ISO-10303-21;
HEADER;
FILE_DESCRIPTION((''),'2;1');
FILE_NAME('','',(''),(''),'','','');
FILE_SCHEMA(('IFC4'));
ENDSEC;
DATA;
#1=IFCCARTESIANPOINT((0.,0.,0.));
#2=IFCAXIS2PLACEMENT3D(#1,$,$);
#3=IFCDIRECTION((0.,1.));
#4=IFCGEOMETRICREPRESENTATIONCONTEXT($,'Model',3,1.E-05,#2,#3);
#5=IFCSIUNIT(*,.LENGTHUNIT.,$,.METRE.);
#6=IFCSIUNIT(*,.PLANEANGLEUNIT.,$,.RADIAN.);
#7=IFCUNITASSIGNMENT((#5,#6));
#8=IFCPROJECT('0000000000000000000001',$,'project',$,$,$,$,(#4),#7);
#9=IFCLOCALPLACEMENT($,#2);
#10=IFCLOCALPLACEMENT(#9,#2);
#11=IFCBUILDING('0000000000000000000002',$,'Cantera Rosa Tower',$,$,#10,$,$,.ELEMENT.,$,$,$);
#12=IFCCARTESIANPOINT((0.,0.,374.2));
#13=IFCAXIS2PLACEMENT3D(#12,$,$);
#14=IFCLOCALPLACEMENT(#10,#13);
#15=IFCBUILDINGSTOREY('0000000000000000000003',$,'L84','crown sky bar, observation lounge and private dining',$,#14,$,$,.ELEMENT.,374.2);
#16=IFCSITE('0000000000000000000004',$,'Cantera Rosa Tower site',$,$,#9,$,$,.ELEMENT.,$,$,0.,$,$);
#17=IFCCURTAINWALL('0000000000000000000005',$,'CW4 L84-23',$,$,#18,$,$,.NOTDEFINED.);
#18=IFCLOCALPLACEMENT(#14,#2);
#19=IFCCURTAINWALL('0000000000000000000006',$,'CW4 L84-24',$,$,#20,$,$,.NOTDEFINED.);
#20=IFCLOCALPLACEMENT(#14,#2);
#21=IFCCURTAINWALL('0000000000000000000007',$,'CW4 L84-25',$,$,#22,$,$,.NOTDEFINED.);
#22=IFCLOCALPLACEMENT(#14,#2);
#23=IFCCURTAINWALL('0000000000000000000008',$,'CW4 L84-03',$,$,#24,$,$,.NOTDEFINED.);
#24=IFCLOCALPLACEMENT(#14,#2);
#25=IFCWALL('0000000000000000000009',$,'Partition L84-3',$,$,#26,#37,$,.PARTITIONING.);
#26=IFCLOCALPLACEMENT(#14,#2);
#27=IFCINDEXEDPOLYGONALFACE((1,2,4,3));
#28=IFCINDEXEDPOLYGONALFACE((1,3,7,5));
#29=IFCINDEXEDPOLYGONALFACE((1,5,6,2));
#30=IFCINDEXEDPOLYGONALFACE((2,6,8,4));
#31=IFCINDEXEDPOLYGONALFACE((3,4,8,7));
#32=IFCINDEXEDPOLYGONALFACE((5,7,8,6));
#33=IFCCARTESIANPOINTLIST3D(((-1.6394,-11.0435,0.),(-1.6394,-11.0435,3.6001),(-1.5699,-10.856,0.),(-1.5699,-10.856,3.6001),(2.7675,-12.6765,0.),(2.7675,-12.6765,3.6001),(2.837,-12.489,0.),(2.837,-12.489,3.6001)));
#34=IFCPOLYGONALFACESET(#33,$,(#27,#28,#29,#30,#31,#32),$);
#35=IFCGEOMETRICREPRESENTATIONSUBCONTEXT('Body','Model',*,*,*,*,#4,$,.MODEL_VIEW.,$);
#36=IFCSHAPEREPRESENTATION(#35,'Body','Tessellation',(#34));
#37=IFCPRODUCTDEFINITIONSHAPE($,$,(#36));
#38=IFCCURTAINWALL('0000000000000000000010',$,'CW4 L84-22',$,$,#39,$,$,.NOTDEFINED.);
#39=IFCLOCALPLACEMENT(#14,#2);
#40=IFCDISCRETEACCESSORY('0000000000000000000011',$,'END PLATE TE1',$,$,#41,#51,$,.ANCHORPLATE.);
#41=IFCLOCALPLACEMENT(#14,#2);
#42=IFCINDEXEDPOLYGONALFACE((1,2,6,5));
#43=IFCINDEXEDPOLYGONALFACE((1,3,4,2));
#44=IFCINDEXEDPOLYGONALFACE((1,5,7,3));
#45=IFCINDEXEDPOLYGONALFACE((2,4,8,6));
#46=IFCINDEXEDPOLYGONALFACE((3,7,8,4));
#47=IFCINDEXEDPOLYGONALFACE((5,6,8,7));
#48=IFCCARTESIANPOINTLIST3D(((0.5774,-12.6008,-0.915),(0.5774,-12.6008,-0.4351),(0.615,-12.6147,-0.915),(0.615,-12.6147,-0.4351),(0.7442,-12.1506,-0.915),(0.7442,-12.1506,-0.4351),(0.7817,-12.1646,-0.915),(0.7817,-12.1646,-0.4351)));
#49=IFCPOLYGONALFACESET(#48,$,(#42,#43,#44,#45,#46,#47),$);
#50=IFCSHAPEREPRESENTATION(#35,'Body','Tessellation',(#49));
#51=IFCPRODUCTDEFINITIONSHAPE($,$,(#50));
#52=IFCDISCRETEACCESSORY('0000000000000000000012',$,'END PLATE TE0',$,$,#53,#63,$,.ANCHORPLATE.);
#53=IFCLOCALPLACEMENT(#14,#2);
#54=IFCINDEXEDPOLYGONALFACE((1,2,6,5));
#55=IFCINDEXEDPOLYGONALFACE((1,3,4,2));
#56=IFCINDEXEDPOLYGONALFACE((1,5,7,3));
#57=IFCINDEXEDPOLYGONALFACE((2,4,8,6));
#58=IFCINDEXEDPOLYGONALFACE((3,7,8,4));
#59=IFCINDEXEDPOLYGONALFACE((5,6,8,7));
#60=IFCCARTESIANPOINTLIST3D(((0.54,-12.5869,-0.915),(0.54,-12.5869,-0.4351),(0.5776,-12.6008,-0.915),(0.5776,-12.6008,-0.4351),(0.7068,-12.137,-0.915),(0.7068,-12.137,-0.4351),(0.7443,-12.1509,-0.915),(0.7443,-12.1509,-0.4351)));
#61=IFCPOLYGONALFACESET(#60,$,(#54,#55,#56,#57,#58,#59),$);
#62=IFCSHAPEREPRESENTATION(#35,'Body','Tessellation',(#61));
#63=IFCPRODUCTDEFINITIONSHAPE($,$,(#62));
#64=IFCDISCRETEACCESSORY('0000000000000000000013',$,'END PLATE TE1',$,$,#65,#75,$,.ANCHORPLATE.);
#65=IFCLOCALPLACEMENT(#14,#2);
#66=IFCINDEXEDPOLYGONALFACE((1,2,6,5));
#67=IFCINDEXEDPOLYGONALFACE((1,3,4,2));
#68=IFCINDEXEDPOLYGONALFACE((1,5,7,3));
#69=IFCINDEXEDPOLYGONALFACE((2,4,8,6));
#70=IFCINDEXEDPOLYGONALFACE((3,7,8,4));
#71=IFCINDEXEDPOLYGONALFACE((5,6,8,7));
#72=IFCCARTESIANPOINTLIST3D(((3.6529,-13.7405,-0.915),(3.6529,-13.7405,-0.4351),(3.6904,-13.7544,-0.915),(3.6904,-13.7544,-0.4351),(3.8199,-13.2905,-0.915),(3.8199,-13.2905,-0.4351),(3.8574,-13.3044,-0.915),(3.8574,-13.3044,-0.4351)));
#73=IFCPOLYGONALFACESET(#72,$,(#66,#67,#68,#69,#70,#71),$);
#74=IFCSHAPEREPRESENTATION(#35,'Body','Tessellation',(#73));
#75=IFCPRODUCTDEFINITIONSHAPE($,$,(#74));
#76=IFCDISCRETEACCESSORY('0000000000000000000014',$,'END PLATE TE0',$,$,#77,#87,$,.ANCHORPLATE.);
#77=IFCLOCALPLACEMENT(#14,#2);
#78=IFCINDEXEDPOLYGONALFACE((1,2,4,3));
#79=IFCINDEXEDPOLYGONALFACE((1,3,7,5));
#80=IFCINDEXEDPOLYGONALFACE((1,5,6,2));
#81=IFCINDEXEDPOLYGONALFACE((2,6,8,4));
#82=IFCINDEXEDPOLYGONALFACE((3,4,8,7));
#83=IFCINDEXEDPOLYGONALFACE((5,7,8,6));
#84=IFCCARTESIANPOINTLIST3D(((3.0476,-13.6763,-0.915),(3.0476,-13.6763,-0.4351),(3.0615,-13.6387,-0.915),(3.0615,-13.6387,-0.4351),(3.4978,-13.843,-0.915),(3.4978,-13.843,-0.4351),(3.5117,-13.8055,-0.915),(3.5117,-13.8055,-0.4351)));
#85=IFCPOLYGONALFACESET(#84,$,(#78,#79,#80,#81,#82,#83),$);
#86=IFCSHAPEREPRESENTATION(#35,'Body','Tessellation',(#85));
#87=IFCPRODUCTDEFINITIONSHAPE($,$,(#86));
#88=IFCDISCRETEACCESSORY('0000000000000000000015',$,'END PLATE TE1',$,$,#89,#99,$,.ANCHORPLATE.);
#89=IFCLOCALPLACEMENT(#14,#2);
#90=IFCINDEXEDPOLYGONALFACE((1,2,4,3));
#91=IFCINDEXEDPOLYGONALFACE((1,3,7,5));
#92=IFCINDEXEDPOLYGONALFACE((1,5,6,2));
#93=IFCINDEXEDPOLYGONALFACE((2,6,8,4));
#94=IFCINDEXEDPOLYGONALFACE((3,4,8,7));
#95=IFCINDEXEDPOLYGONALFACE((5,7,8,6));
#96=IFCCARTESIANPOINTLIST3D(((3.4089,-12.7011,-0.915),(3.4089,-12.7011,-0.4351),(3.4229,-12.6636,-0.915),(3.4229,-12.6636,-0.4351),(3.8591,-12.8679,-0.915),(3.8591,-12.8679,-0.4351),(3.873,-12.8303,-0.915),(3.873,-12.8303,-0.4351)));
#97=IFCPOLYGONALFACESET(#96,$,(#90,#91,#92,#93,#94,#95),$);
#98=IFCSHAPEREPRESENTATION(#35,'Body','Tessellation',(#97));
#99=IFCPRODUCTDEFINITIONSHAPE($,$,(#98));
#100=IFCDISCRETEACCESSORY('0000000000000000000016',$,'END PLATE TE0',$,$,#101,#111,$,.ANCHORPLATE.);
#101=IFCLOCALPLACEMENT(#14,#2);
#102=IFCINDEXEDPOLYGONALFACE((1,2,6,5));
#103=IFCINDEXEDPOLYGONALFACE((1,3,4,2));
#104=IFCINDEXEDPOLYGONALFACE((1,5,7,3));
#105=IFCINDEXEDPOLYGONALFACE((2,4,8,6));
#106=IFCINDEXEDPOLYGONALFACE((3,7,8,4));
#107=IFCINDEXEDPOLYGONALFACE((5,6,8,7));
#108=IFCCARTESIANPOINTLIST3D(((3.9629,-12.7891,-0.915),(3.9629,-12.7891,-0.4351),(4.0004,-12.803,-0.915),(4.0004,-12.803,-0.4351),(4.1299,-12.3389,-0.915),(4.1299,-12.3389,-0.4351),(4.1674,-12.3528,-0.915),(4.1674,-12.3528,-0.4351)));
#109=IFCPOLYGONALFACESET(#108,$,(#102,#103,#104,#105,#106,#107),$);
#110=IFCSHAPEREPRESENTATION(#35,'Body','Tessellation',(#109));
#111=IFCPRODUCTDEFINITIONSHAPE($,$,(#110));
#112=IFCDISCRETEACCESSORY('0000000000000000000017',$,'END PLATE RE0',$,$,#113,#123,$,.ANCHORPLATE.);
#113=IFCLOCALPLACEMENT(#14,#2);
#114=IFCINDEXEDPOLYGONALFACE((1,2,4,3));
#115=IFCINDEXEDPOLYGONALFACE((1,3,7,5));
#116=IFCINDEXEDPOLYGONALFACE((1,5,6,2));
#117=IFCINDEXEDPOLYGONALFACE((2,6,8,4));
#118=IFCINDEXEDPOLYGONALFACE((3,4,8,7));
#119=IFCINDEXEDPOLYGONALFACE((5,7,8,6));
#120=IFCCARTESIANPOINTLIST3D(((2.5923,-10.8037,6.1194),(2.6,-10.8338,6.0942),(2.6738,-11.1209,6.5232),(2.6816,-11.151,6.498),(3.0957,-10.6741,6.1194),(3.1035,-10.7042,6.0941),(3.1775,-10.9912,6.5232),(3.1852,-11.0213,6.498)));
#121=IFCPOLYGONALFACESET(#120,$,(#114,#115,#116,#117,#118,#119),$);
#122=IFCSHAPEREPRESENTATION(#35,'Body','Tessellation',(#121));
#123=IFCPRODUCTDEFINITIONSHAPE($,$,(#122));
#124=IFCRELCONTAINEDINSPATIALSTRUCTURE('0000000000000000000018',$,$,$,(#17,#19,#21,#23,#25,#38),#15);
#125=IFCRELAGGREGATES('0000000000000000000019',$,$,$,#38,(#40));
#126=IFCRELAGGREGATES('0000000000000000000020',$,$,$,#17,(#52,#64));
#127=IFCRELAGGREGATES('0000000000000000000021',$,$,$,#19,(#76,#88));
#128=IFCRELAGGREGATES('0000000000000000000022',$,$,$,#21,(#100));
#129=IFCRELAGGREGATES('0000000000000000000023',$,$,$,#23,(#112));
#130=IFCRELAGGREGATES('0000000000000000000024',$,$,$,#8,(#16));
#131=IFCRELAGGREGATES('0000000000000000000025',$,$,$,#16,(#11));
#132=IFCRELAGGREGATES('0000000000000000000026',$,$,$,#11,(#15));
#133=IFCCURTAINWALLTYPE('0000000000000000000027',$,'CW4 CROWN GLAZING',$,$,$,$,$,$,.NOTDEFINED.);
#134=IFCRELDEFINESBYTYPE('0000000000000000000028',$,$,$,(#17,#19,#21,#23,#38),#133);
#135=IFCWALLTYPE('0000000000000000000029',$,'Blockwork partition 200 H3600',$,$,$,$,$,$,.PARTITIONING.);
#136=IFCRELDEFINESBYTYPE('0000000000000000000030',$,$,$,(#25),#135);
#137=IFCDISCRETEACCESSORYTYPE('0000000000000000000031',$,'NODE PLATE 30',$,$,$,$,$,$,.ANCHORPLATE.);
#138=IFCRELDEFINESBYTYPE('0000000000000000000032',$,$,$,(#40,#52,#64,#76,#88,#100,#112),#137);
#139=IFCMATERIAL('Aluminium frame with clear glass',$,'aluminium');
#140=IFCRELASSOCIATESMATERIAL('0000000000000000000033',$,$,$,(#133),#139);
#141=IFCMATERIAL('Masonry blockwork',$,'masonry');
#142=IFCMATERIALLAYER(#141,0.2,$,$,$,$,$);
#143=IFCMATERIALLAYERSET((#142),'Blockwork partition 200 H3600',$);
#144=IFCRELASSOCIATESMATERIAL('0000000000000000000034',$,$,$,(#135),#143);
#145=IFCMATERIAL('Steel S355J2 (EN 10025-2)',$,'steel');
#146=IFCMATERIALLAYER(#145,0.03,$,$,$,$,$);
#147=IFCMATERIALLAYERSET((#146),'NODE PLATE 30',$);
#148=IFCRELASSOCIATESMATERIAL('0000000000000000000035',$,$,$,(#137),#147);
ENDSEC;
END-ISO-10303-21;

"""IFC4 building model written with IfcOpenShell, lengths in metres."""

from ifc_helpers import new_model, si_unit, direction, frame, frame_2d, origin, place, context, subcontext, project, spatial, polyline, rectangle, outline, extrude, material, layer, layer_set, type_object, element, aggregate, save


model = new_model("IFC4")

# Units and contexts
model_context = context("Model", 3, precision=1e-05, world=origin(), true_north=direction((0.0, 1.0)))
body_context = subcontext(model_context, "Body", "Model", "MODEL_VIEW")
ifc_project = project(units=[si_unit("LENGTHUNIT", "METRE"), si_unit("PLANEANGLEUNIT", "RADIAN")], contexts=[model_context])

# Site, building, storey
site_placement = place(None, origin())
site = spatial("IfcSite", under=ifc_project, at=site_placement, Name="Cantera Rosa Tower site", CompositionType="ELEMENT", RefElevation=0.0)
building_placement = place(site_placement, origin())
building = spatial("IfcBuilding", under=site, at=building_placement, Name="Cantera Rosa Tower", CompositionType="ELEMENT")
storey_placement = place(building_placement, frame((0.0, 0.0, 374.2)))
storey = spatial("IfcBuildingStorey", under=building, at=storey_placement, Name="L84", Description="crown sky bar, observation lounge and private dining", CompositionType="ELEMENT", Elevation=374.2)

# Curtain walls
ifc_material_1 = material(Name="Aluminium frame with clear glass", Category="aluminium")
curtain_wall_type = type_object("IfcCurtainWallType", Name="CW4 CROWN GLAZING", PredefinedType="NOTDEFINED", material=ifc_material_1)
curtain_wall_1_placement = place(storey_placement, origin())
curtain_wall_1 = element("IfcCurtainWall", 1, at=curtain_wall_1_placement, inside=storey, type_object=curtain_wall_type, Name="CW4 L84-23", PredefinedType="NOTDEFINED")
curtain_wall_2_placement = place(storey_placement, origin())
curtain_wall_2 = element("IfcCurtainWall", 2, at=curtain_wall_2_placement, inside=storey, type_object=curtain_wall_type, Name="CW4 L84-24", PredefinedType="NOTDEFINED")
curtain_wall_3_placement = place(storey_placement, origin())
curtain_wall_3 = element("IfcCurtainWall", 3, at=curtain_wall_3_placement, inside=storey, type_object=curtain_wall_type, Name="CW4 L84-25", PredefinedType="NOTDEFINED")

# Curtain wall
curtain_wall_4_placement = place(storey_placement, origin())
curtain_wall_4 = element("IfcCurtainWall", 4, at=curtain_wall_4_placement, inside=storey, type_object=curtain_wall_type, Name="CW4 L84-03", PredefinedType="NOTDEFINED")

# Wall
ifc_material_2 = material(Name="Masonry blockwork", Category="masonry")
ifc_layer_1 = layer(ifc_material_2, 0.2)
ifc_layer_set_1 = layer_set([ifc_layer_1], Name="Blockwork partition 200 H3600")
wall_type_1 = type_object("IfcWallType", Name="Blockwork partition 200 H3600", PredefinedType="PARTITIONING", material=ifc_layer_set_1)
wall_1_placement = place(storey_placement, frame((2.8022, -12.5828, 0.0), z_axis=(0.0, 0.0, 1.0), x_axis=(-0.93769, 0.347472, 0.0)))
element("IfcWall", 5, at=wall_1_placement, inside=storey, type_object=wall_type_1, Name="Partition L84-3", PredefinedType="PARTITIONING", context=body_context, shape_type="SweptSolid", body=[
    extrude(rectangle(XDim=4.6997, YDim=0.2, at=frame_2d((2.3499, 0.0))), origin(), (0.0, 0.0, 1.0), 3.6001),
])

# Curtain wall, discrete accessory
curtain_wall_5_placement = place(storey_placement, origin())
curtain_wall_5 = element("IfcCurtainWall", 6, at=curtain_wall_5_placement, inside=storey, type_object=curtain_wall_type, Name="CW4 L84-22", PredefinedType="NOTDEFINED")
ifc_material_3 = material(Name="Steel S355J2 (EN 10025-2)", Category="steel")
ifc_layer_2 = layer(ifc_material_3, 0.03)
ifc_layer_set_2 = layer_set([ifc_layer_2], Name="NODE PLATE 30")
discrete_accessory_type = type_object("IfcDiscreteAccessoryType", Name="NODE PLATE 30", PredefinedType="ANCHORPLATE", material=ifc_layer_set_2)
discrete_accessory_1_placement = place(storey_placement, frame((0.7817, -12.1646, -0.4351), z_axis=(0.937743, -0.347331, 0.0), x_axis=(-0.347331, -0.937743, 0.0)))
discrete_accessory_1 = element("IfcDiscreteAccessory", 7, at=discrete_accessory_1_placement, type_object=discrete_accessory_type, Name="END PLATE TE1", PredefinedType="ANCHORPLATE", context=body_context, shape_type="SweptSolid", body=[
    extrude(outline(polyline([(0.0, 0.0), (0.4801, 0.0), (0.4801, 0.48), (0.0, 0.48), (0.0, 0.0)])), origin(), (0.0, 0.0, -1.0), 0.04),
])
aggregate(curtain_wall_5, [discrete_accessory_1])

# Discrete accessories
discrete_accessory_2_placement = place(storey_placement, frame((0.54, -12.5869, -0.4351), z_axis=(-0.937681, 0.347497, 0.0), x_axis=(0.347497, 0.937681, 0.0)))
discrete_accessory_2 = element("IfcDiscreteAccessory", 8, at=discrete_accessory_2_placement, type_object=discrete_accessory_type, Name="END PLATE TE0", PredefinedType="ANCHORPLATE", context=body_context, shape_type="SweptSolid", body=[
    extrude(outline(polyline([(0.0, 0.0), (0.4799, 0.0), (0.4799, 0.48), (0.0, 0.48), (0.0, 0.0)])), origin(), (0.0, 0.0, -1.0), 0.04),
])
discrete_accessory_3_placement = place(storey_placement, frame((3.8574, -13.3044, -0.4351), z_axis=(0.937515, -0.347944, 0.0), x_axis=(-0.347944, -0.937515, 0.0)))
discrete_accessory_3 = element("IfcDiscreteAccessory", 9, at=discrete_accessory_3_placement, type_object=discrete_accessory_type, Name="END PLATE TE1", PredefinedType="ANCHORPLATE", context=body_context, shape_type="SweptSolid", body=[
    extrude(outline(polyline([(0.0, 0.0), (0.4799, 0.0), (0.4799, 0.48), (0.0, 0.48), (0.0, 0.0)])), origin(), (0.0, 0.0, -1.0), 0.04),
])
aggregate(curtain_wall_1, [discrete_accessory_2, discrete_accessory_3])
discrete_accessory_4_placement = place(storey_placement, frame((3.4978, -13.843, -0.4351), z_axis=(-0.347331, -0.937743, 0.0), x_axis=(-0.937743, 0.347331, 0.0)))
discrete_accessory_4 = element("IfcDiscreteAccessory", 10, at=discrete_accessory_4_placement, type_object=discrete_accessory_type, Name="END PLATE TE0", PredefinedType="ANCHORPLATE", context=body_context, shape_type="SweptSolid", body=[
    extrude(outline(polyline([(0.0, 0.0), (0.4801, 0.0), (0.4801, 0.48), (0.0, 0.48), (0.0, 0.0)])), origin(), (0.0, 0.0, -1.0), 0.04),
])
discrete_accessory_5_placement = place(storey_placement, frame((3.4229, -12.6636, -0.4351), z_axis=(0.347331, 0.937743, 0.0), x_axis=(0.937743, -0.347331, 0.0)))
discrete_accessory_5 = element("IfcDiscreteAccessory", 11, at=discrete_accessory_5_placement, type_object=discrete_accessory_type, Name="END PLATE TE1", PredefinedType="ANCHORPLATE", context=body_context, shape_type="SweptSolid", body=[
    extrude(outline(polyline([(0.0, 0.0), (0.4801, 0.0), (0.4801, 0.48), (0.0, 0.48), (0.0, 0.0)])), origin(), (0.0, 0.0, -1.0), 0.04),
])
aggregate(curtain_wall_2, [discrete_accessory_4, discrete_accessory_5])
discrete_accessory_6_placement = place(storey_placement, frame((3.9629, -12.7891, -0.4351), z_axis=(-0.937577, 0.347778, 0.0), x_axis=(0.347778, 0.937577, 0.0)))
discrete_accessory_6 = element("IfcDiscreteAccessory", 12, at=discrete_accessory_6_placement, type_object=discrete_accessory_type, Name="END PLATE TE0", PredefinedType="ANCHORPLATE", context=body_context, shape_type="SweptSolid", body=[
    extrude(outline(polyline([(0.0, 0.0), (0.4802, 0.0), (0.4802, 0.48), (0.0, 0.48), (0.0, 0.0)])), origin(), (0.0, 0.0, -1.0), 0.04),
])
aggregate(curtain_wall_3, [discrete_accessory_6])
discrete_accessory_7_placement = place(storey_placement, frame((3.1775, -10.9912, 6.5232), z_axis=(-0.193647, 0.75216, 0.629886), x_axis=(-0.968426, -0.249302, -0.000029)))
discrete_accessory_7 = element("IfcDiscreteAccessory", 13, at=discrete_accessory_7_placement, type_object=discrete_accessory_type, Name="END PLATE RE0", PredefinedType="ANCHORPLATE", context=body_context, shape_type="SweptSolid", body=[
    extrude(outline(polyline([(0.0, 0.0), (0.5201, 0.0), (0.52, -0.5199), (0.0002, -0.5199), (0.0, 0.0)])), origin(), (0.0, 0.0, -1.0), 0.04),
])
aggregate(curtain_wall_4, [discrete_accessory_7])

save(model, "model.ifc")
